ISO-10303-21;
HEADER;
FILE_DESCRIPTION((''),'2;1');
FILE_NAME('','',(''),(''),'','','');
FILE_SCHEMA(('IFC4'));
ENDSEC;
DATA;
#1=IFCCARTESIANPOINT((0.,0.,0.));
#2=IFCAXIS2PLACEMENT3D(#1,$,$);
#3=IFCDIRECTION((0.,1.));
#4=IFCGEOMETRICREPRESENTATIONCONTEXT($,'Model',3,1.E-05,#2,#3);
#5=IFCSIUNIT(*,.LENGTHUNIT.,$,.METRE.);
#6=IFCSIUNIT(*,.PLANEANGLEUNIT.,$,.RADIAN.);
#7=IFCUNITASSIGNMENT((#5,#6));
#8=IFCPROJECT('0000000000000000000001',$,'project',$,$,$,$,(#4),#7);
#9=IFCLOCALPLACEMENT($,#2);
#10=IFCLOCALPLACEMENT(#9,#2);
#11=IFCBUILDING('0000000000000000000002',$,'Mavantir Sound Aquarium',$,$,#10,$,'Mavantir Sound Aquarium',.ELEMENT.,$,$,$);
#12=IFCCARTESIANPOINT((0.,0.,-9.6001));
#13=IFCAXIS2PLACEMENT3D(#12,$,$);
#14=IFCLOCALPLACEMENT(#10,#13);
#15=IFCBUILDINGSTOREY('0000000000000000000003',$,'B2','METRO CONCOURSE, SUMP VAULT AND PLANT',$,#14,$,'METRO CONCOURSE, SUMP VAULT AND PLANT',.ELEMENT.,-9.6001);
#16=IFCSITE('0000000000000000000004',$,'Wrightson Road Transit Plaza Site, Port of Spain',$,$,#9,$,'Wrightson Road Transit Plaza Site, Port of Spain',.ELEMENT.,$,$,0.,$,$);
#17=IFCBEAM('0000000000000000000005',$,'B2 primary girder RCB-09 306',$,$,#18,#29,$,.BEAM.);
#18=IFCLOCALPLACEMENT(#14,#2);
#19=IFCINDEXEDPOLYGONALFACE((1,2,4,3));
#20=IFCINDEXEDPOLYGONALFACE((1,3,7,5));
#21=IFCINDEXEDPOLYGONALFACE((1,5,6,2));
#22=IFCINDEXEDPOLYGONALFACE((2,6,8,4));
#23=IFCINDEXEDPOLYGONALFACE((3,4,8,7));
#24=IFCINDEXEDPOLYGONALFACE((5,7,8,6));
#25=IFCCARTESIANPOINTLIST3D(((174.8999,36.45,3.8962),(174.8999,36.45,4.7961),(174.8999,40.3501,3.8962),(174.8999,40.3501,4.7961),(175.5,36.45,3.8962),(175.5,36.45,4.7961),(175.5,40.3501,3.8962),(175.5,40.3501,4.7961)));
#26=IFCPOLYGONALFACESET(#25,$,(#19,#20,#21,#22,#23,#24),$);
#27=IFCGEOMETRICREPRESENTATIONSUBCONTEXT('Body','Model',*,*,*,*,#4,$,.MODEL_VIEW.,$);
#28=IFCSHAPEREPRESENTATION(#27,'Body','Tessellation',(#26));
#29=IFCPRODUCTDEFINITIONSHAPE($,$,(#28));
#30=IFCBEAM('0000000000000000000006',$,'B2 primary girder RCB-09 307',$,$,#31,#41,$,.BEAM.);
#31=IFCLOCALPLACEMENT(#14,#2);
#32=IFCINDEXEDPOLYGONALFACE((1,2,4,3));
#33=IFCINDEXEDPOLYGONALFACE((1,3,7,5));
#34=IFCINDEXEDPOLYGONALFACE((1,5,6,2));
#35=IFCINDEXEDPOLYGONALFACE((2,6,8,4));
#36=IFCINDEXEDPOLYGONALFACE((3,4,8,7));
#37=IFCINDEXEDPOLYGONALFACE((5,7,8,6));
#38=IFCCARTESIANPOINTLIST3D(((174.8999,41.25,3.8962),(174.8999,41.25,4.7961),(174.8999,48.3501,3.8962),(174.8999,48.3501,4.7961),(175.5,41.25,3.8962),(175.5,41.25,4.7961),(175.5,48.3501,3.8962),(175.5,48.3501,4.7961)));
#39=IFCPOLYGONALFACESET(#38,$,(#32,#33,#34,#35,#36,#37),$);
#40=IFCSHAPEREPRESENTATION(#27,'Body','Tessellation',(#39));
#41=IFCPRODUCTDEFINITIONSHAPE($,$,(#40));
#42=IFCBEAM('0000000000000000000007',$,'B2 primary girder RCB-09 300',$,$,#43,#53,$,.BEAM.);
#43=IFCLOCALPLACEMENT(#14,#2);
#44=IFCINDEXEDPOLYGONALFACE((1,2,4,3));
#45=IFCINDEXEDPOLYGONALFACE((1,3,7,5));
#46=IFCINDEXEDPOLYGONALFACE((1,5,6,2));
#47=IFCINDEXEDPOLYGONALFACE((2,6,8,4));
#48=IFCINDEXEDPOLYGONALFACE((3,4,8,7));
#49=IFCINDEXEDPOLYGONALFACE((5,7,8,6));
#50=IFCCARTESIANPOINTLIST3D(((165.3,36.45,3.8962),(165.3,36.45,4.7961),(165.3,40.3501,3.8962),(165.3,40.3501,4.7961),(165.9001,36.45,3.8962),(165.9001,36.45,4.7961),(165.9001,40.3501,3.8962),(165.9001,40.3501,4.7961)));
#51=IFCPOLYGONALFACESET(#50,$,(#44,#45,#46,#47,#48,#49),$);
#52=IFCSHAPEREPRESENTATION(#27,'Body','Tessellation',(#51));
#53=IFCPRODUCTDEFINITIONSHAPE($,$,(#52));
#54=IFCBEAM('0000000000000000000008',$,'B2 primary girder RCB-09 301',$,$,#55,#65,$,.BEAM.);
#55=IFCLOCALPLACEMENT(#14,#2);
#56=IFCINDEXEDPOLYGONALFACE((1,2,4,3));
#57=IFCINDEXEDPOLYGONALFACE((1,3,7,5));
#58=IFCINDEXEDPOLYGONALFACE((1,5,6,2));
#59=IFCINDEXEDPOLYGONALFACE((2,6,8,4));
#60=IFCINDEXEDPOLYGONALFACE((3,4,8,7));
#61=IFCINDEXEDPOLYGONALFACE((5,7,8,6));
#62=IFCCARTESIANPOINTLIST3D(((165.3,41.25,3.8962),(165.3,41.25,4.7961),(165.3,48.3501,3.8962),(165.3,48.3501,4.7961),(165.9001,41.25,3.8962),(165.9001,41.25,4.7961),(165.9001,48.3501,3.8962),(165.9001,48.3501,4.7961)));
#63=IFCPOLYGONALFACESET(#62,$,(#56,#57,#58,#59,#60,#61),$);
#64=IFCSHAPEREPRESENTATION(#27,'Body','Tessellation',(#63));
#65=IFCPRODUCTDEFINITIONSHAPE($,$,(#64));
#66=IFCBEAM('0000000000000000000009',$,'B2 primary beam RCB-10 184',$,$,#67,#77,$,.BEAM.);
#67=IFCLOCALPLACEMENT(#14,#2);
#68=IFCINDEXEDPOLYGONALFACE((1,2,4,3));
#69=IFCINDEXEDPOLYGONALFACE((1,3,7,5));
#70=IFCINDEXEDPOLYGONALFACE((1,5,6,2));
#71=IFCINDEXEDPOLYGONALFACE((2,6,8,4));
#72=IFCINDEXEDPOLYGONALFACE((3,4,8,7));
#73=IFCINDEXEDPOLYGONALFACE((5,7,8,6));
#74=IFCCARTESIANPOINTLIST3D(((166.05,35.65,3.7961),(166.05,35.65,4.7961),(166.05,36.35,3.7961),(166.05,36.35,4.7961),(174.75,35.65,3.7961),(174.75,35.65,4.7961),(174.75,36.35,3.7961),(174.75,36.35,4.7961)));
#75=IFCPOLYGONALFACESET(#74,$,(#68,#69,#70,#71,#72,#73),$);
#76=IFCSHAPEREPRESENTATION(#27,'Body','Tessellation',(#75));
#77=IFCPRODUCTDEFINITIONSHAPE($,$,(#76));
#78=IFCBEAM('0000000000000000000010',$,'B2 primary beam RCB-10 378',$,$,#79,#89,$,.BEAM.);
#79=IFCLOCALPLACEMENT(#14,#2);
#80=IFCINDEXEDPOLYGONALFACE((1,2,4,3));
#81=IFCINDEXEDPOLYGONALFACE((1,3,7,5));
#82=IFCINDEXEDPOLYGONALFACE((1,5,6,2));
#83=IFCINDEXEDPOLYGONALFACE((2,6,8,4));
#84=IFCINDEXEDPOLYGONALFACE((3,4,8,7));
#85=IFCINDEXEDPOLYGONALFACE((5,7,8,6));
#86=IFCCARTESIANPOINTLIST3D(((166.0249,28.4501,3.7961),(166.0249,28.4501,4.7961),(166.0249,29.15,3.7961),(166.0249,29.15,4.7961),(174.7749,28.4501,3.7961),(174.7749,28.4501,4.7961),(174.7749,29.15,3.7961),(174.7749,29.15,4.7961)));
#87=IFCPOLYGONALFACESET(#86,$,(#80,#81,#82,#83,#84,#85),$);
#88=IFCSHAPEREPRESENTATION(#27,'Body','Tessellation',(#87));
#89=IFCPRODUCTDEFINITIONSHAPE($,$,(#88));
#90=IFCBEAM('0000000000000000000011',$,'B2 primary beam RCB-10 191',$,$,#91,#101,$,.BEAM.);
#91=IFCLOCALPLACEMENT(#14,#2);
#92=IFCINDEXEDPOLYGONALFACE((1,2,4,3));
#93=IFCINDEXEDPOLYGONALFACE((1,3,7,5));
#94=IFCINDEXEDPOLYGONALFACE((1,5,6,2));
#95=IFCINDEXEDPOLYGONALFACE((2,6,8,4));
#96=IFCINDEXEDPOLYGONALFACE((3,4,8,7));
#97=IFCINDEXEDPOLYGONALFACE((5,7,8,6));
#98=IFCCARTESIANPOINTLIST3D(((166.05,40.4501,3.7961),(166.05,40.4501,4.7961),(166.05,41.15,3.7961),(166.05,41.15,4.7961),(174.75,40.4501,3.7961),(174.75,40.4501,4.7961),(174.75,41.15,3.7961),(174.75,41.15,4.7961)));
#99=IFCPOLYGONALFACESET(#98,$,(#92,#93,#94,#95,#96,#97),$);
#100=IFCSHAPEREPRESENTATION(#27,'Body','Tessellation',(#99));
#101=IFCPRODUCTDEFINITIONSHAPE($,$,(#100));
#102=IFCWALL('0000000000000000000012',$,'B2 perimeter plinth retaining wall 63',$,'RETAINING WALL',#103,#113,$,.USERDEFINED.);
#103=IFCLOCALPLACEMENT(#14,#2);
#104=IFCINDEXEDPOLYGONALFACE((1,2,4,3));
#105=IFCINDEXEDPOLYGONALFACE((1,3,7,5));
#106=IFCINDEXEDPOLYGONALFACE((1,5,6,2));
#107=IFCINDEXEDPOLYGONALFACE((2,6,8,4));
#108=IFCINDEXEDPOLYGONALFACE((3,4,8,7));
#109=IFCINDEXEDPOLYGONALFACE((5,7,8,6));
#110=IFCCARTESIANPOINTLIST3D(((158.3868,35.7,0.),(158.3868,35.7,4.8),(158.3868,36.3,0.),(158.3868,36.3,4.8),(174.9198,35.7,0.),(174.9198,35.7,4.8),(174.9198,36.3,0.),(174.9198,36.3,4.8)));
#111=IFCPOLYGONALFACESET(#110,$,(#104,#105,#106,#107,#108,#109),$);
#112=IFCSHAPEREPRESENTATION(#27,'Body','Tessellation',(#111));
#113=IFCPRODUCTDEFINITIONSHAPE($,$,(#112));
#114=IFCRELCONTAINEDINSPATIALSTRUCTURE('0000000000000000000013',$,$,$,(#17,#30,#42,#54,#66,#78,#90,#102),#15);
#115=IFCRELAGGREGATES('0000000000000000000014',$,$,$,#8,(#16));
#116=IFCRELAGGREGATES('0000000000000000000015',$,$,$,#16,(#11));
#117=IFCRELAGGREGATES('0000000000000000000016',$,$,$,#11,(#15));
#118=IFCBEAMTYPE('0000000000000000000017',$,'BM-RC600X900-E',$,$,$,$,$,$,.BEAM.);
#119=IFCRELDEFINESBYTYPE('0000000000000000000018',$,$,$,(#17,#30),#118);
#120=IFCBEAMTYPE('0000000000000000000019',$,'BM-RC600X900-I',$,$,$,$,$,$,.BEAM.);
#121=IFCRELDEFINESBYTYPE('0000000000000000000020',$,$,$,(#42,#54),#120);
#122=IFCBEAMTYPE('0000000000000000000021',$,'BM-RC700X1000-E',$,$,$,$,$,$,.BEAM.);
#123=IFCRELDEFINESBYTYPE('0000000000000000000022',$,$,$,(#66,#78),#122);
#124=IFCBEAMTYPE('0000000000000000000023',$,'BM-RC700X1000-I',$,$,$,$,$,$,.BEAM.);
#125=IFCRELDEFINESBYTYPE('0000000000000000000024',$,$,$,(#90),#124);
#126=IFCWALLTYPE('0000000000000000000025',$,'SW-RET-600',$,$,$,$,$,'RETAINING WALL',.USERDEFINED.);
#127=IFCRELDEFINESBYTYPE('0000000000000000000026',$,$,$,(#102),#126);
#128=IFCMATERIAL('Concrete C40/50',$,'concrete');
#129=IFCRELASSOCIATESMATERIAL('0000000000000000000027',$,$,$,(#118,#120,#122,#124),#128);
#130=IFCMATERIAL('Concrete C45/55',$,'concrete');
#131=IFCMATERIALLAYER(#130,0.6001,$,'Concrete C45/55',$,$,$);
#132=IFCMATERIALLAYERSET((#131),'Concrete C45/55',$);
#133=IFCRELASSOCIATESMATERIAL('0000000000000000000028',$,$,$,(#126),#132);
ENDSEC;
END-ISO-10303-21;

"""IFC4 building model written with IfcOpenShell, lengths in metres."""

from ifc_helpers import new_model, si_unit, direction, frame, frame_2d, origin, origin_2d, place, context, subcontext, project, spatial, rectangle, extrude, material, layer, layer_set, material_profile, profile_set, type_object, element, save


model = new_model("IFC4")

# Units and contexts
model_context = context("Model", 3, precision=1e-05, world=origin(), true_north=direction((0.0, 1.0)))
body_context = subcontext(model_context, "Body", "Model", "MODEL_VIEW")
ifc_project = project(units=[si_unit("LENGTHUNIT", "METRE"), si_unit("PLANEANGLEUNIT", "RADIAN")], contexts=[model_context])

# Site, building, storey
site_placement = place(None, origin())
site = spatial("IfcSite", under=ifc_project, at=site_placement, Name="Wrightson Road Transit Plaza Site, Port of Spain", LongName="Wrightson Road Transit Plaza Site, Port of Spain", CompositionType="ELEMENT", RefElevation=0.0)
building_placement = place(site_placement, origin())
building = spatial("IfcBuilding", under=site, at=building_placement, Name="Mavantir Sound Aquarium", LongName="Mavantir Sound Aquarium", CompositionType="ELEMENT")
storey_placement = place(building_placement, frame((0.0, 0.0, -9.6001)))
storey = spatial("IfcBuildingStorey", under=building, at=storey_placement, Name="B2", Description="METRO CONCOURSE, SUMP VAULT AND PLANT", LongName="METRO CONCOURSE, SUMP VAULT AND PLANT", CompositionType="ELEMENT", Elevation=-9.6001)

# Shared definitions
ifc_material_1 = material(Name="Concrete C40/50", Category="concrete")

# Beams
ifc_material_profile_1 = material_profile(ifc_material_1, rectangle(XDim=0.6001, YDim=0.8999, at=origin_2d()), Name="RC 600X900")
ifc_profile_set_1 = profile_set([ifc_material_profile_1], Name="Concrete C40/50")
beam_type_1 = type_object("IfcBeamType", Name="BM-RC600X900-E", PredefinedType="BEAM", material=ifc_profile_set_1)
beam_1_placement = place(storey_placement, frame((175.2, 36.45, 4.3462), z_axis=(0.0, 1.0, 0.0), x_axis=(-1.0, 0.0, 0.0)))
element("IfcBeam", 1, at=beam_1_placement, inside=storey, type_object=beam_type_1, Name="B2 primary girder RCB-09 306", PredefinedType="BEAM", context=body_context, shape_type="SweptSolid", body=[
    extrude(rectangle(XDim=0.6001, YDim=0.8999, at=origin_2d()), origin(), (0.0, 0.0, 1.0), 3.9001),
])
beam_2_placement = place(storey_placement, frame((175.2, 41.25, 4.3462), z_axis=(0.0, 1.0, 0.0), x_axis=(-1.0, 0.0, 0.0)))
element("IfcBeam", 2, at=beam_2_placement, inside=storey, type_object=beam_type_1, Name="B2 primary girder RCB-09 307", PredefinedType="BEAM", context=body_context, shape_type="SweptSolid", body=[
    extrude(rectangle(XDim=0.6001, YDim=0.8999, at=origin_2d()), origin(), (0.0, 0.0, 1.0), 7.1001),
])
ifc_material_profile_2 = material_profile(ifc_material_1, rectangle(XDim=0.6001, YDim=0.8999, at=origin_2d()), Name="RC 600X900")
ifc_profile_set_2 = profile_set([ifc_material_profile_2], Name="Concrete C40/50")
beam_type_2 = type_object("IfcBeamType", Name="BM-RC600X900-I", PredefinedType="BEAM", material=ifc_profile_set_2)
beam_3_placement = place(storey_placement, frame((165.6001, 36.45, 4.3462), z_axis=(0.0, 1.0, 0.0), x_axis=(-1.0, 0.0, 0.0)))
element("IfcBeam", 3, at=beam_3_placement, inside=storey, type_object=beam_type_2, Name="B2 primary girder RCB-09 300", PredefinedType="BEAM", context=body_context, shape_type="SweptSolid", body=[
    extrude(rectangle(XDim=0.6001, YDim=0.8999, at=origin_2d()), origin(), (0.0, 0.0, 1.0), 3.9001),
])
beam_4_placement = place(storey_placement, frame((165.6001, 41.25, 4.3462), z_axis=(0.0, 1.0, 0.0), x_axis=(-1.0, 0.0, 0.0)))
element("IfcBeam", 4, at=beam_4_placement, inside=storey, type_object=beam_type_2, Name="B2 primary girder RCB-09 301", PredefinedType="BEAM", context=body_context, shape_type="SweptSolid", body=[
    extrude(rectangle(XDim=0.6001, YDim=0.8999, at=origin_2d()), origin(), (0.0, 0.0, 1.0), 7.1001),
])
ifc_material_profile_3 = material_profile(ifc_material_1, rectangle(XDim=0.7, YDim=1.0, at=origin_2d()), Name="RC 700X1000")
ifc_profile_set_3 = profile_set([ifc_material_profile_3], Name="Concrete C40/50")
beam_type_3 = type_object("IfcBeamType", Name="BM-RC700X1000-E", PredefinedType="BEAM", material=ifc_profile_set_3)
beam_5_placement = place(storey_placement, frame((166.05, 36.0, 4.2961), z_axis=(1.0, 0.0, 0.0), x_axis=(0.0, 1.0, 0.0)))
element("IfcBeam", 5, at=beam_5_placement, inside=storey, type_object=beam_type_3, Name="B2 primary beam RCB-10 184", PredefinedType="BEAM", context=body_context, shape_type="SweptSolid", body=[
    extrude(rectangle(XDim=0.7, YDim=1.0, at=origin_2d()), origin(), (0.0, 0.0, 1.0), 8.7),
])
beam_6_placement = place(storey_placement, frame((166.0249, 28.8, 4.2961), z_axis=(1.0, 0.0, 0.0), x_axis=(0.0, 1.0, 0.0)))
element("IfcBeam", 6, at=beam_6_placement, inside=storey, type_object=beam_type_3, Name="B2 primary beam RCB-10 378", PredefinedType="BEAM", context=body_context, shape_type="SweptSolid", body=[
    extrude(rectangle(XDim=0.7, YDim=1.0, at=origin_2d()), origin(), (0.0, 0.0, 1.0), 8.75),
])
ifc_material_profile_4 = material_profile(ifc_material_1, rectangle(XDim=0.7, YDim=1.0, at=origin_2d()), Name="RC 700X1000")
ifc_profile_set_4 = profile_set([ifc_material_profile_4], Name="Concrete C40/50")
beam_type_4 = type_object("IfcBeamType", Name="BM-RC700X1000-I", PredefinedType="BEAM", material=ifc_profile_set_4)
beam_7_placement = place(storey_placement, frame((166.05, 40.8, 4.2961), z_axis=(1.0, 0.0, 0.0), x_axis=(0.0, 1.0, 0.0)))
element("IfcBeam", 7, at=beam_7_placement, inside=storey, type_object=beam_type_4, Name="B2 primary beam RCB-10 191", PredefinedType="BEAM", context=body_context, shape_type="SweptSolid", body=[
    extrude(rectangle(XDim=0.7, YDim=1.0, at=origin_2d()), origin(), (0.0, 0.0, 1.0), 8.7),
])

# Wall
ifc_material_2 = material(Name="Concrete C45/55", Category="concrete")
ifc_layer = layer(ifc_material_2, 0.6001, Name="Concrete C45/55")
ifc_layer_set = layer_set([ifc_layer], Name="Concrete C45/55")
wall_type = type_object("IfcWallType", Name="SW-RET-600", ElementType="RETAINING WALL", PredefinedType="USERDEFINED", material=ifc_layer_set)
wall_placement = place(storey_placement, frame((174.9199, 36.0, 0.0), z_axis=(0.0, 0.0, 1.0), x_axis=(-1.0, 0.0, 0.0)))
element("IfcWall", 8, at=wall_placement, inside=storey, type_object=wall_type, Name="B2 perimeter plinth retaining wall 63", ObjectType="RETAINING WALL", PredefinedType="USERDEFINED", context=body_context, shape_type="SweptSolid", body=[
    extrude(rectangle(XDim=16.533, YDim=0.6001, at=frame_2d((8.2666, 0.0))), origin(), (0.0, 0.0, 1.0), 4.8),
])

save(model, "model.ifc")
